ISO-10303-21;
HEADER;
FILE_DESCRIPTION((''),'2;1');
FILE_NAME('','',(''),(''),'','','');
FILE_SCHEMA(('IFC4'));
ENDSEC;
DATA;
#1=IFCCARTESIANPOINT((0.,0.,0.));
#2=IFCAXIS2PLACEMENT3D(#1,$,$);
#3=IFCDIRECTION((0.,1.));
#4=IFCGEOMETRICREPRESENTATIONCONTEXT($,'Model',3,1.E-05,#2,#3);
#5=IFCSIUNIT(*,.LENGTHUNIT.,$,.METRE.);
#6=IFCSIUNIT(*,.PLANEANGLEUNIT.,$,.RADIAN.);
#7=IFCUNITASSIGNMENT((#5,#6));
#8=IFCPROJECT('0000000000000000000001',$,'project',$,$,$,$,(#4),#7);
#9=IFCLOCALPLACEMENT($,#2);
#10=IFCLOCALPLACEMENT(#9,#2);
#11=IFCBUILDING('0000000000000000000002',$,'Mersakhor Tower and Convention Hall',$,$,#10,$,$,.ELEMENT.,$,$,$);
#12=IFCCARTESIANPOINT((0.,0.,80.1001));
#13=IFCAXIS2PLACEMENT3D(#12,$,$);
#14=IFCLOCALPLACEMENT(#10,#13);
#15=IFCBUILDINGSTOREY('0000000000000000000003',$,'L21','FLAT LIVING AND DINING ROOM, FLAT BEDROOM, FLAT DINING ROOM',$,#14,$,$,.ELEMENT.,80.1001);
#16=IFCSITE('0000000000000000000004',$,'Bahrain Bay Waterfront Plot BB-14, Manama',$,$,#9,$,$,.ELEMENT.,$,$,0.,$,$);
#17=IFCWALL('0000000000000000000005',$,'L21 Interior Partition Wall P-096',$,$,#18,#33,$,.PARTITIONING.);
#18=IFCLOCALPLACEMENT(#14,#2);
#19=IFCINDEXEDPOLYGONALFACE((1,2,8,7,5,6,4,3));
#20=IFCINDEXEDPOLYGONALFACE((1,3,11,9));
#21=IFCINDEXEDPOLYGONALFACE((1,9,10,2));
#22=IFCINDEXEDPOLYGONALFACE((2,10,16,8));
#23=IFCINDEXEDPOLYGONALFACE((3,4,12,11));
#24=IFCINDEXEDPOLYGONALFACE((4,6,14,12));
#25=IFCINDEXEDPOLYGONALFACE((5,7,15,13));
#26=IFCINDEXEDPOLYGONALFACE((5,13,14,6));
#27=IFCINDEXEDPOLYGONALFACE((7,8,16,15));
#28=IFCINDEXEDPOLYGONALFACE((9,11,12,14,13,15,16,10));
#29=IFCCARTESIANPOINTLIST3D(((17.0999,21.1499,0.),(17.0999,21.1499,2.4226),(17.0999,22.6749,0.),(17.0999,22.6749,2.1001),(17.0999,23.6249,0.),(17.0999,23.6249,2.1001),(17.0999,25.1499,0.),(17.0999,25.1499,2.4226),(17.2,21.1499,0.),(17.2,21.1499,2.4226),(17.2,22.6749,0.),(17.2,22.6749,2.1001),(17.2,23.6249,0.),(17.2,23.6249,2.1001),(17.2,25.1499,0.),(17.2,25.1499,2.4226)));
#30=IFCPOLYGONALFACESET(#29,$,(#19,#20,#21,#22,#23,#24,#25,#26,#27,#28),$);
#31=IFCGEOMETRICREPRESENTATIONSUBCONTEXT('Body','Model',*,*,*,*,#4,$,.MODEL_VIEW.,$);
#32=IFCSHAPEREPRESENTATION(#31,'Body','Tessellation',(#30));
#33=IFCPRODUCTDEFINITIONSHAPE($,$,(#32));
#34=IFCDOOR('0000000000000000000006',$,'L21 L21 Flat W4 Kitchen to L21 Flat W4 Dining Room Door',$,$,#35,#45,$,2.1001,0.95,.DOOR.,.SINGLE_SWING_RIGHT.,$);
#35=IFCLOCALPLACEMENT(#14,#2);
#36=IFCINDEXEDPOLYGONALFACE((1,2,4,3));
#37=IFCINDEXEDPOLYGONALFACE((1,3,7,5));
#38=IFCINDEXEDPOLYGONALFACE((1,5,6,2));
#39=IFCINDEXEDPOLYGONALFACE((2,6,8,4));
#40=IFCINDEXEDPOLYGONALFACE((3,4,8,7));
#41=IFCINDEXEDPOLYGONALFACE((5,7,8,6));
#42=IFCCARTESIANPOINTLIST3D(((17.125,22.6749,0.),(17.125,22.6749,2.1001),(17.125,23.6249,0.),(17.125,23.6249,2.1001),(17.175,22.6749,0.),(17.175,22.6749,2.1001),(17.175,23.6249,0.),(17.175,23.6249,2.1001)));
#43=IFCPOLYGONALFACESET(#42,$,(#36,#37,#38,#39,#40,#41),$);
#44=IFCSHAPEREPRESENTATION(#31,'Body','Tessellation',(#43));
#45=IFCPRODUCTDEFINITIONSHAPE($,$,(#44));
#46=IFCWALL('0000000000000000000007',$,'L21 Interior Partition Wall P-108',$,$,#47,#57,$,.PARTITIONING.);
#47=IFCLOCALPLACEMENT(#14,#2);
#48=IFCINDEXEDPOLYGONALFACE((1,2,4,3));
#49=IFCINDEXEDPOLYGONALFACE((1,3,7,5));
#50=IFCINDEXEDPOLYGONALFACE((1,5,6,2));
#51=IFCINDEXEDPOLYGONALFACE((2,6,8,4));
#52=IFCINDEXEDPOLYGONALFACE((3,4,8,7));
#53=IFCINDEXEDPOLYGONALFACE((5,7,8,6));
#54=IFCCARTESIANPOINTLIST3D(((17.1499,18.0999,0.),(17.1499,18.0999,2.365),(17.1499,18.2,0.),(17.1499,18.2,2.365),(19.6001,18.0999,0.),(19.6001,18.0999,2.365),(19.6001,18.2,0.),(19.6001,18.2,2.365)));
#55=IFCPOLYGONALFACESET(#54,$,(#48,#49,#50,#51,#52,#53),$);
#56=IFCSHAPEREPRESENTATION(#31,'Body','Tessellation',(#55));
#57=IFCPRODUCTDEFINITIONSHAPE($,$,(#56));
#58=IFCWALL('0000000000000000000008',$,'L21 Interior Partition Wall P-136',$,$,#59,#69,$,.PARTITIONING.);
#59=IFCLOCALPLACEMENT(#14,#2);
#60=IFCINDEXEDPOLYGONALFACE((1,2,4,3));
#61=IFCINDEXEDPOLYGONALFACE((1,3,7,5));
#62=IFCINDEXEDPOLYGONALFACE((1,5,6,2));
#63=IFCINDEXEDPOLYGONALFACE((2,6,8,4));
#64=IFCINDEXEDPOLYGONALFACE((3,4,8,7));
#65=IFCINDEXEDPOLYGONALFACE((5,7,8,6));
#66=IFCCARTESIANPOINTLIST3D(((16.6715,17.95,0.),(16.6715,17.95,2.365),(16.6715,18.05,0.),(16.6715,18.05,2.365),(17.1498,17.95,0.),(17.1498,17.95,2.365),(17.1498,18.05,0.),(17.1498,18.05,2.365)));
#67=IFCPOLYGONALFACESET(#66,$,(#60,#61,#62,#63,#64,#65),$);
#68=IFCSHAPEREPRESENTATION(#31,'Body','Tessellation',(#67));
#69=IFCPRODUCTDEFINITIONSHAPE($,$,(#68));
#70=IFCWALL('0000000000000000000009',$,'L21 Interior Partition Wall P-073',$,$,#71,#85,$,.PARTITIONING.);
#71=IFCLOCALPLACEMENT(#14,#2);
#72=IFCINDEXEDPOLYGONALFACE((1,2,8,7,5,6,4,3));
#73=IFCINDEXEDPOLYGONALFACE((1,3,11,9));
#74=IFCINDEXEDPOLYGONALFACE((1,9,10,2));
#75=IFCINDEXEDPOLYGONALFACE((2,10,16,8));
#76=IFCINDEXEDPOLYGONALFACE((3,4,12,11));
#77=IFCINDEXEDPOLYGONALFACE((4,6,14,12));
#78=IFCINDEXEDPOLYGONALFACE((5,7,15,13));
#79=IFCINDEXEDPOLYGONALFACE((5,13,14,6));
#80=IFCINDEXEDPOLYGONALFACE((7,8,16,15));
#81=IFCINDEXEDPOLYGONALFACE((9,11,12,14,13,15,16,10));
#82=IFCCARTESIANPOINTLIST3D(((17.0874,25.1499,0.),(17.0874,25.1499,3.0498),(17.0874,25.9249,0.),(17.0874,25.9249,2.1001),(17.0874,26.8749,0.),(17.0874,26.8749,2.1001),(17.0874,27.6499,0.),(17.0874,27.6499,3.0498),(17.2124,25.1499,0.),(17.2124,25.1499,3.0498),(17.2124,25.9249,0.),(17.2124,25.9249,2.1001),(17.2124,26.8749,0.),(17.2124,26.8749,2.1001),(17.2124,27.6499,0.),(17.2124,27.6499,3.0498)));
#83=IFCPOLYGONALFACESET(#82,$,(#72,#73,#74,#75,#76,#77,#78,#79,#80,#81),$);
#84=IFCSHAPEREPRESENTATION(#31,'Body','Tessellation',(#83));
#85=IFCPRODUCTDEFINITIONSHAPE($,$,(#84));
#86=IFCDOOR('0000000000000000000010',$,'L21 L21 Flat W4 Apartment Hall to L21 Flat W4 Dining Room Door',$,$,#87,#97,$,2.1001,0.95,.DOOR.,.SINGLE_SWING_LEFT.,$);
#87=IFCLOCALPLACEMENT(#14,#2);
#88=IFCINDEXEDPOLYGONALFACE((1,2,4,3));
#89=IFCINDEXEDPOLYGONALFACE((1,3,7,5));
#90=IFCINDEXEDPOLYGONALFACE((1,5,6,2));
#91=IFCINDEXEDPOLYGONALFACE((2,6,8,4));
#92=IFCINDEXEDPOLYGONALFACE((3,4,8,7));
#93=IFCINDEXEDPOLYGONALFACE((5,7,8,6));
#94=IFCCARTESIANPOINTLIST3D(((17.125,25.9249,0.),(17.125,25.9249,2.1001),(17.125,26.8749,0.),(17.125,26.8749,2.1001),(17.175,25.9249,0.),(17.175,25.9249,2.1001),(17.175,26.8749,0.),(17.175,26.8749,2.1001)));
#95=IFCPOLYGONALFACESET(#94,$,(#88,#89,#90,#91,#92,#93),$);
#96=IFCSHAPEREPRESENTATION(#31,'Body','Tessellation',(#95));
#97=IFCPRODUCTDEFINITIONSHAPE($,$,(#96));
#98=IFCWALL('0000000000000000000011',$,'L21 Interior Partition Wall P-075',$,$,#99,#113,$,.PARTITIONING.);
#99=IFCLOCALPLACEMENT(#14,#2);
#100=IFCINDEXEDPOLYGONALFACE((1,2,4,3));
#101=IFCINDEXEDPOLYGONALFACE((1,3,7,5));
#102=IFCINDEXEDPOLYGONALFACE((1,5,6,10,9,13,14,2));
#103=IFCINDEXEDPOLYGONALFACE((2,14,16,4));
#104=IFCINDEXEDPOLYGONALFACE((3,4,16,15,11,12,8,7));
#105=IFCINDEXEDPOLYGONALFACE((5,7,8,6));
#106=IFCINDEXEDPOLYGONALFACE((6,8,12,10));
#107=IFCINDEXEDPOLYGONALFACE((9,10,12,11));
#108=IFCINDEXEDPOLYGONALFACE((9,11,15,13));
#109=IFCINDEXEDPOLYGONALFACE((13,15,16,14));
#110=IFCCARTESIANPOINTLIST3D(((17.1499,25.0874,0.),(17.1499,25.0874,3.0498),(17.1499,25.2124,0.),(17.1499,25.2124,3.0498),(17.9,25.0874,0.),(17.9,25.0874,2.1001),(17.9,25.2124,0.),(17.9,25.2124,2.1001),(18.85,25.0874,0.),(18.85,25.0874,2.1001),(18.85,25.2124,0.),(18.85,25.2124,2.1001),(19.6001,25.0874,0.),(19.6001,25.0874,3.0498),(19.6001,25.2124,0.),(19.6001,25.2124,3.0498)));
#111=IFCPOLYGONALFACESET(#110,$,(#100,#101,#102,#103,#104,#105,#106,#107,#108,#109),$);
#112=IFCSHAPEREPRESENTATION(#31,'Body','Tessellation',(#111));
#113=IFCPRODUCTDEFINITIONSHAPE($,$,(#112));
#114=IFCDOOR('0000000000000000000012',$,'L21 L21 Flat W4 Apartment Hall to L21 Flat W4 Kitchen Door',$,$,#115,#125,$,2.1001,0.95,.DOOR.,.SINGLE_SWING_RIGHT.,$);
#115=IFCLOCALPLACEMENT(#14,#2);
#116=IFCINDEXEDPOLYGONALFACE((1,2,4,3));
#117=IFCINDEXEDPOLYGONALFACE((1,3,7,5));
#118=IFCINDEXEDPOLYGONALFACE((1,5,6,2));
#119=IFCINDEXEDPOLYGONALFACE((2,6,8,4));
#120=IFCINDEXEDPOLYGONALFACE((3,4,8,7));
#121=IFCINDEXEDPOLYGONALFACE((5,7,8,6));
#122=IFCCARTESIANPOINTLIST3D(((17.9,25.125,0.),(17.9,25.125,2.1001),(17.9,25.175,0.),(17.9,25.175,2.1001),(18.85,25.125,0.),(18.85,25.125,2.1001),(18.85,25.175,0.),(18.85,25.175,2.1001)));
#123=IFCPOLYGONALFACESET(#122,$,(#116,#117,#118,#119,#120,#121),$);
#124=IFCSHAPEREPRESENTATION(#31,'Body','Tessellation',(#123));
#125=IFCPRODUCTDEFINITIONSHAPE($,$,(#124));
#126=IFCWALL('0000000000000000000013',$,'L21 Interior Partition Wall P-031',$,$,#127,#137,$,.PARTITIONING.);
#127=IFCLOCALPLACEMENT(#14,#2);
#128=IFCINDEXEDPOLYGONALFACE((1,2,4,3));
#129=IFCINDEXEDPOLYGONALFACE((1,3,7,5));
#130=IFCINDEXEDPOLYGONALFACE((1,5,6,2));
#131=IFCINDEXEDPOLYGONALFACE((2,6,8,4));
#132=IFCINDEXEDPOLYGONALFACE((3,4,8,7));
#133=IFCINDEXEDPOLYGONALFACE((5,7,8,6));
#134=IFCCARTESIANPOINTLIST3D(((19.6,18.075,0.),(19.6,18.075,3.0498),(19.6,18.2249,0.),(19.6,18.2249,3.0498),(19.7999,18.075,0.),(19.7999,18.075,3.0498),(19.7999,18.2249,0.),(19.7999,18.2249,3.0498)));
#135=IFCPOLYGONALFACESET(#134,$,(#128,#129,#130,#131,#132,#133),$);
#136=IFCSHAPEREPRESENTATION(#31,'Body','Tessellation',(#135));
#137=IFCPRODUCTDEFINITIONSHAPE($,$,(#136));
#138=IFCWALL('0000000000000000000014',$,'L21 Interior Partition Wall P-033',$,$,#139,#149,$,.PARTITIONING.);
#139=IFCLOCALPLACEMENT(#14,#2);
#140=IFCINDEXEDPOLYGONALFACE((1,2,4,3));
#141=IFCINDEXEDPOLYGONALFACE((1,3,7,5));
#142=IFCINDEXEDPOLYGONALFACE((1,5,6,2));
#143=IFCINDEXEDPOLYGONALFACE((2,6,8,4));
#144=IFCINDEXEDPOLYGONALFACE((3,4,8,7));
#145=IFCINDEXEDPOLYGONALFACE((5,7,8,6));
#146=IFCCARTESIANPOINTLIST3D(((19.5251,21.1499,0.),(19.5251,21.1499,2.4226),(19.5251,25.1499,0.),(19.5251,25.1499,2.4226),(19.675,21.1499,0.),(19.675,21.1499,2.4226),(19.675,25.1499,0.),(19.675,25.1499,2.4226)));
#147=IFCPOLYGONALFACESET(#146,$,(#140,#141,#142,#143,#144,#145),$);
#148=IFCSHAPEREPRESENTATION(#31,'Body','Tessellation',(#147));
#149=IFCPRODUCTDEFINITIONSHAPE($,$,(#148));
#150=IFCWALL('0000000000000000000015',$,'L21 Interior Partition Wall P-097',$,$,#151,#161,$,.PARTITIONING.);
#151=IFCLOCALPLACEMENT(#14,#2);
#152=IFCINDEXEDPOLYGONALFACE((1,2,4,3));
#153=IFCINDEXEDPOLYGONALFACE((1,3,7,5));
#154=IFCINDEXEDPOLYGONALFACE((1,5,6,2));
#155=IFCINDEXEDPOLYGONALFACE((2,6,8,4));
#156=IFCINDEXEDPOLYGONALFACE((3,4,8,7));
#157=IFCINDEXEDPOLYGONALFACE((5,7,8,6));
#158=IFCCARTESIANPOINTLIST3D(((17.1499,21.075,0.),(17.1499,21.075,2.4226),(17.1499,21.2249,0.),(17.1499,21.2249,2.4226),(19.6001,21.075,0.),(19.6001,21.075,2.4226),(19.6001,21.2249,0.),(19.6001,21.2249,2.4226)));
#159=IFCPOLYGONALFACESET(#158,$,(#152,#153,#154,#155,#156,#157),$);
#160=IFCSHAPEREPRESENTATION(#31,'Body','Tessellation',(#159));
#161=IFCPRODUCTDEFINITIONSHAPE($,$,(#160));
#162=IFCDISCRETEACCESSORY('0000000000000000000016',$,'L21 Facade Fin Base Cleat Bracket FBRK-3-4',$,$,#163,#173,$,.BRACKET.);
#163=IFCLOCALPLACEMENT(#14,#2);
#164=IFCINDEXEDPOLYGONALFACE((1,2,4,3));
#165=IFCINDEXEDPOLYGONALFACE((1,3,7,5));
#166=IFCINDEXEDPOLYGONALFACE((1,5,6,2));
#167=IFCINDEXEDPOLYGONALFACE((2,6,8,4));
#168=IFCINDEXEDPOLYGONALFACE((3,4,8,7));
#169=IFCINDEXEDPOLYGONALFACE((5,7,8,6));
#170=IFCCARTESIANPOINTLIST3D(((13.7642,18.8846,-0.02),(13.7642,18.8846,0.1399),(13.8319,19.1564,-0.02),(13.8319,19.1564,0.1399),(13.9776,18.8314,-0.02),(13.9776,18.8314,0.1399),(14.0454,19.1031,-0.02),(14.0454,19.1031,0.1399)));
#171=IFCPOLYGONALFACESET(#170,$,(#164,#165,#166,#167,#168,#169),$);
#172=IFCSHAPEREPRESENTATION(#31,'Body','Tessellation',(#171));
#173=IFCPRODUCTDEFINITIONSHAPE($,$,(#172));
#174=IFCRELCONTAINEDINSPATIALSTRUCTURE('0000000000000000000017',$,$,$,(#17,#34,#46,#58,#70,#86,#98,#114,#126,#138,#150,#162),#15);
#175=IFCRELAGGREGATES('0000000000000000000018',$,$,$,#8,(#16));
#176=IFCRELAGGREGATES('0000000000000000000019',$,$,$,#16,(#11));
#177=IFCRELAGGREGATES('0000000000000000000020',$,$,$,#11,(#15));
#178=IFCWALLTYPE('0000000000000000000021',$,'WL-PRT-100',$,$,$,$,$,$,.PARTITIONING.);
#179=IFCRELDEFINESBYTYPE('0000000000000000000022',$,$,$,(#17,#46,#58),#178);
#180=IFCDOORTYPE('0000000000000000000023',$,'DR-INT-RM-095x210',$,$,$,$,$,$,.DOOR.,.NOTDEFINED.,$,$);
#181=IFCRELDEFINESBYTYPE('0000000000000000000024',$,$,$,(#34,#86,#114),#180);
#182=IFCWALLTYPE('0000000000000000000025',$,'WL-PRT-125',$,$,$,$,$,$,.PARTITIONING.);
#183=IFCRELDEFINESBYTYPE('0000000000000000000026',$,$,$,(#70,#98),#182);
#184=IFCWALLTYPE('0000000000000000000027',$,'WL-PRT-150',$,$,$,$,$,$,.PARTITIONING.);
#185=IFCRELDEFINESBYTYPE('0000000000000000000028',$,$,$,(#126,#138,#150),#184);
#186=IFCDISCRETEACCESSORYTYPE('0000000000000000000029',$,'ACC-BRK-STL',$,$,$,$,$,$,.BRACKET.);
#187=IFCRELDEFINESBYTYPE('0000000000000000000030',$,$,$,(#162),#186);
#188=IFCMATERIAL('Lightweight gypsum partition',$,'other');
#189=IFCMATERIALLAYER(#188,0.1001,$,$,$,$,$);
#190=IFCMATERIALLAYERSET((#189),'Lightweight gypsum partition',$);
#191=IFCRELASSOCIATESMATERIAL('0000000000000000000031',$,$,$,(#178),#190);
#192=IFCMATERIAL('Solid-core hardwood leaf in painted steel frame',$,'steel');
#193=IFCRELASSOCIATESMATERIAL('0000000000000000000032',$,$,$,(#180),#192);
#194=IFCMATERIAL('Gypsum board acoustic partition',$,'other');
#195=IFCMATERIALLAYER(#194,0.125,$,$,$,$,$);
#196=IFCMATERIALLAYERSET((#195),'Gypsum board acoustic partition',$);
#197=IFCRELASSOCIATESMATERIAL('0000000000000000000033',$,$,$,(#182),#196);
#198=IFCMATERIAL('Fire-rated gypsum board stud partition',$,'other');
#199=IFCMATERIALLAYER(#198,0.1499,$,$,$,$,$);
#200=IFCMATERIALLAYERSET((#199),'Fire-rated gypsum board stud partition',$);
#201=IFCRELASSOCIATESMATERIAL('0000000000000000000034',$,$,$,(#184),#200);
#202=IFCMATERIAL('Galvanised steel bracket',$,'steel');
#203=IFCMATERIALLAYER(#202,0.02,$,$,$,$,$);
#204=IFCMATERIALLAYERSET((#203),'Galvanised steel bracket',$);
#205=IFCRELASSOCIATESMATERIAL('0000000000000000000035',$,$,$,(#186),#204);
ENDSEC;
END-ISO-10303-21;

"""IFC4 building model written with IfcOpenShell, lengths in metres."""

from ifc_helpers import new_model, si_unit, direction, frame, frame_2d, origin, origin_2d, place, context, subcontext, project, spatial, rectangle, extrude, material, layer, layer_set, type_object, element, fill, save


model = new_model("IFC4")

# Units and contexts
model_context = context("Model", 3, precision=1e-05, world=origin(), true_north=direction((0.0, 1.0)))
body_context = subcontext(model_context, "Body", "Model", "MODEL_VIEW")
ifc_project = project(units=[si_unit("LENGTHUNIT", "METRE"), si_unit("PLANEANGLEUNIT", "RADIAN")], contexts=[model_context])

# Site, building, storey
site_placement = place(None, origin())
site = spatial("IfcSite", under=ifc_project, at=site_placement, Name="Bahrain Bay Waterfront Plot BB-14, Manama", CompositionType="ELEMENT", RefElevation=0.0)
building_placement = place(site_placement, origin())
building = spatial("IfcBuilding", under=site, at=building_placement, Name="Mersakhor Tower and Convention Hall", CompositionType="ELEMENT")
storey_placement = place(building_placement, frame((0.0, 0.0, 80.1001)))
storey = spatial("IfcBuildingStorey", under=building, at=storey_placement, Name="L21", Description="FLAT LIVING AND DINING ROOM, FLAT BEDROOM, FLAT DINING ROOM", CompositionType="ELEMENT", Elevation=80.1001)

# Wall, opening, door
ifc_material_1 = material(Name="Lightweight gypsum partition", Category="other")
ifc_layer_1 = layer(ifc_material_1, 0.1001)
ifc_layer_set_1 = layer_set([ifc_layer_1], Name="Lightweight gypsum partition")
wall_type_1 = type_object("IfcWallType", Name="WL-PRT-100", PredefinedType="PARTITIONING", material=ifc_layer_set_1)
wall_1_placement = place(storey_placement, frame((17.1499, 21.1499, 0.0), z_axis=(0.0, 0.0, 1.0), x_axis=(0.0, 1.0, 0.0)))
wall_1 = element("IfcWall", 1, at=wall_1_placement, inside=storey, type_object=wall_type_1, Name="L21 Interior Partition Wall P-096", PredefinedType="PARTITIONING", context=body_context, shape_type="SweptSolid", body=[
    extrude(rectangle(XDim=4.0, YDim=0.1001, at=frame_2d((2.0, 0.0))), origin(), (0.0, 0.0, 1.0), 2.4226),
])
opening_1_placement = place(wall_1_placement, frame((1.5249, 0.0, 0.0)))
opening_1 = element("IfcOpeningElement", 2, at=opening_1_placement, cuts=wall_1, PredefinedType="OPENING", context=body_context, shape_type="SweptSolid", body=[
    extrude(rectangle(XDim=0.95, YDim=2.1001, at=frame_2d((0.4751, 1.05))), frame((0.0, 0.0601, 0.0), z_axis=(0.0, -1.0, 0.0), x_axis=(1.0, 0.0, 0.0)), (0.0, 0.0, 1.0), 0.1201),
])
ifc_material_2 = material(Name="Solid-core hardwood leaf in painted steel frame", Category="steel")
door_type_1 = type_object("IfcDoorType", Name="DR-INT-RM-095x210", OperationType="NOTDEFINED", PredefinedType="DOOR", material=ifc_material_2)
door_1_placement = place(opening_1_placement, origin())
door_1 = element("IfcDoor", 3, at=door_1_placement, inside=storey, type_object=door_type_1, Name="L21 L21 Flat W4 Kitchen to L21 Flat W4 Dining Room Door", OperationType="SINGLE_SWING_RIGHT", OverallHeight=2.1001, OverallWidth=0.95, PredefinedType="DOOR", context=body_context, shape_type="SweptSolid", body=[
    extrude(rectangle(XDim=0.95, YDim=2.1001, at=frame_2d((0.4751, 1.05))), frame((0.0, 0.0249, 0.0), z_axis=(0.0, -1.0, 0.0), x_axis=(1.0, 0.0, 0.0)), (0.0, 0.0, 1.0), 0.05),
])
fill(opening_1, door_1)

# Walls
wall_2_placement = place(storey_placement, frame((19.6001, 18.1499, 0.0), z_axis=(0.0, 0.0, 1.0), x_axis=(-1.0, 0.0, 0.0)))
element("IfcWall", 4, at=wall_2_placement, inside=storey, type_object=wall_type_1, Name="L21 Interior Partition Wall P-108", PredefinedType="PARTITIONING", context=body_context, shape_type="SweptSolid", body=[
    extrude(rectangle(XDim=2.4502, YDim=0.1001, at=frame_2d((1.2251, 0.0))), origin(), (0.0, 0.0, 1.0), 2.365),
])
wall_3_placement = place(storey_placement, frame((17.1499, 18.0, 0.0), z_axis=(0.0, 0.0, 1.0), x_axis=(-1.0, 0.0, 0.0)))
element("IfcWall", 5, at=wall_3_placement, inside=storey, type_object=wall_type_1, Name="L21 Interior Partition Wall P-136", PredefinedType="PARTITIONING", context=body_context, shape_type="SweptSolid", body=[
    extrude(rectangle(XDim=0.4783, YDim=0.1001, at=frame_2d((0.2393, 0.0))), origin(), (0.0, 0.0, 1.0), 2.365),
])

# Walls, openings, doors
ifc_material_3 = material(Name="Gypsum board acoustic partition", Category="other")
ifc_layer_2 = layer(ifc_material_3, 0.125)
ifc_layer_set_2 = layer_set([ifc_layer_2], Name="Gypsum board acoustic partition")
wall_type_2 = type_object("IfcWallType", Name="WL-PRT-125", PredefinedType="PARTITIONING", material=ifc_layer_set_2)
wall_4_placement = place(storey_placement, frame((17.1499, 25.1499, 0.0), z_axis=(0.0, 0.0, 1.0), x_axis=(0.0, 1.0, 0.0)))
wall_4 = element("IfcWall", 6, at=wall_4_placement, inside=storey, type_object=wall_type_2, Name="L21 Interior Partition Wall P-073", PredefinedType="PARTITIONING", context=body_context, shape_type="SweptSolid", body=[
    extrude(rectangle(XDim=2.5, YDim=0.125, at=frame_2d((1.25, 0.0))), origin(), (0.0, 0.0, 1.0), 3.0498),
])
opening_2_placement = place(wall_4_placement, frame((0.7749, 0.0, 0.0)))
opening_2 = element("IfcOpeningElement", 7, at=opening_2_placement, cuts=wall_4, PredefinedType="OPENING", context=body_context, shape_type="SweptSolid", body=[
    extrude(rectangle(XDim=0.95, YDim=2.1001, at=frame_2d((0.4751, 1.05))), frame((0.0, 0.0725, 0.0), z_axis=(0.0, -1.0, 0.0), x_axis=(1.0, 0.0, 0.0)), (0.0, 0.0, 1.0), 0.145),
])
door_2_placement = place(opening_2_placement, origin())
door_2 = element("IfcDoor", 8, at=door_2_placement, inside=storey, type_object=door_type_1, Name="L21 L21 Flat W4 Apartment Hall to L21 Flat W4 Dining Room Door", OperationType="SINGLE_SWING_LEFT", OverallHeight=2.1001, OverallWidth=0.95, PredefinedType="DOOR", context=body_context, shape_type="SweptSolid", body=[
    extrude(rectangle(XDim=0.95, YDim=2.1001, at=frame_2d((0.4751, 1.05))), frame((0.0, 0.0249, 0.0), z_axis=(0.0, -1.0, 0.0), x_axis=(1.0, 0.0, 0.0)), (0.0, 0.0, 1.0), 0.05),
])
fill(opening_2, door_2)
wall_5_placement = place(storey_placement, frame((19.6001, 25.1499, 0.0), z_axis=(0.0, 0.0, 1.0), x_axis=(-1.0, 0.0, 0.0)))
wall_5 = element("IfcWall", 9, at=wall_5_placement, inside=storey, type_object=wall_type_2, Name="L21 Interior Partition Wall P-075", PredefinedType="PARTITIONING", context=body_context, shape_type="SweptSolid", body=[
    extrude(rectangle(XDim=2.4502, YDim=0.125, at=frame_2d((1.2251, 0.0))), origin(), (0.0, 0.0, 1.0), 3.0498),
])
opening_3_placement = place(wall_5_placement, frame((0.75, 0.0, 0.0)))
opening_3 = element("IfcOpeningElement", 10, at=opening_3_placement, cuts=wall_5, PredefinedType="OPENING", context=body_context, shape_type="SweptSolid", body=[
    extrude(rectangle(XDim=0.95, YDim=2.1001, at=frame_2d((0.4751, 1.05))), frame((0.0, 0.0725, 0.0), z_axis=(0.0, -1.0, 0.0), x_axis=(1.0, 0.0, 0.0)), (0.0, 0.0, 1.0), 0.145),
])
door_3_placement = place(opening_3_placement, origin())
door_3 = element("IfcDoor", 11, at=door_3_placement, inside=storey, type_object=door_type_1, Name="L21 L21 Flat W4 Apartment Hall to L21 Flat W4 Kitchen Door", OperationType="SINGLE_SWING_RIGHT", OverallHeight=2.1001, OverallWidth=0.95, PredefinedType="DOOR", context=body_context, shape_type="SweptSolid", body=[
    extrude(rectangle(XDim=0.95, YDim=2.1001, at=frame_2d((0.4751, 1.05))), frame((0.0, 0.0249, 0.0), z_axis=(0.0, -1.0, 0.0), x_axis=(1.0, 0.0, 0.0)), (0.0, 0.0, 1.0), 0.05),
])
fill(opening_3, door_3)

# Wall
ifc_material_4 = material(Name="Fire-rated gypsum board stud partition", Category="other")
ifc_layer_3 = layer(ifc_material_4, 0.1499)
ifc_layer_set_3 = layer_set([ifc_layer_3], Name="Fire-rated gypsum board stud partition")
wall_type_3 = type_object("IfcWallType", Name="WL-PRT-150", PredefinedType="PARTITIONING", material=ifc_layer_set_3)
wall_6_placement = place(storey_placement, frame((19.8, 18.1499, 0.0), z_axis=(0.0, 0.0, 1.0), x_axis=(-1.0, 0.0, 0.0)))
element("IfcWall", 12, at=wall_6_placement, inside=storey, type_object=wall_type_3, Name="L21 Interior Partition Wall P-031", PredefinedType="PARTITIONING", context=body_context, shape_type="SweptSolid", body=[
    extrude(rectangle(XDim=0.2, YDim=0.1499, at=frame_2d((0.1001, 0.0))), origin(), (0.0, 0.0, 1.0), 3.0498),
])

# Wall
wall_7_placement = place(storey_placement, frame((19.6001, 21.1499, 0.0), z_axis=(0.0, 0.0, 1.0), x_axis=(0.0, 1.0, 0.0)))
element("IfcWall", 13, at=wall_7_placement, inside=storey, type_object=wall_type_3, Name="L21 Interior Partition Wall P-033", PredefinedType="PARTITIONING", context=body_context, shape_type="SweptSolid", body=[
    extrude(rectangle(XDim=4.0, YDim=0.1499, at=frame_2d((2.0, 0.0))), origin(), (0.0, 0.0, 1.0), 2.4226),
])

# Wall
wall_8_placement = place(storey_placement, frame((19.6001, 21.1499, 0.0), z_axis=(0.0, 0.0, 1.0), x_axis=(-1.0, 0.0, 0.0)))
element("IfcWall", 14, at=wall_8_placement, inside=storey, type_object=wall_type_3, Name="L21 Interior Partition Wall P-097", PredefinedType="PARTITIONING", context=body_context, shape_type="SweptSolid", body=[
    extrude(rectangle(XDim=2.4502, YDim=0.1499, at=frame_2d((1.2251, 0.0))), origin(), (0.0, 0.0, 1.0), 2.4226),
])

# Discrete accessory
ifc_material_5 = material(Name="Galvanised steel bracket", Category="steel")
ifc_layer_4 = layer(ifc_material_5, 0.02)
ifc_layer_set_4 = layer_set([ifc_layer_4], Name="Galvanised steel bracket")
discrete_accessory_type = type_object("IfcDiscreteAccessoryType", Name="ACC-BRK-STL", PredefinedType="BRACKET", material=ifc_layer_set_4)
discrete_accessory_placement = place(storey_placement, frame((13.9048, 18.9939, -0.02), z_axis=(0.0, 0.0, 1.0), x_axis=(-0.241922, -0.970296, 0.0)))
element("IfcDiscreteAccessory", 15, at=discrete_accessory_placement, inside=storey, type_object=discrete_accessory_type, Name="L21 Facade Fin Base Cleat Bracket FBRK-3-4", PredefinedType="BRACKET", context=body_context, shape_type="SweptSolid", body=[
    extrude(rectangle(XDim=0.28, YDim=0.22, at=origin_2d()), origin(), (0.0, 0.0, 1.0), 0.1599),
])

save(model, "model.ifc")
